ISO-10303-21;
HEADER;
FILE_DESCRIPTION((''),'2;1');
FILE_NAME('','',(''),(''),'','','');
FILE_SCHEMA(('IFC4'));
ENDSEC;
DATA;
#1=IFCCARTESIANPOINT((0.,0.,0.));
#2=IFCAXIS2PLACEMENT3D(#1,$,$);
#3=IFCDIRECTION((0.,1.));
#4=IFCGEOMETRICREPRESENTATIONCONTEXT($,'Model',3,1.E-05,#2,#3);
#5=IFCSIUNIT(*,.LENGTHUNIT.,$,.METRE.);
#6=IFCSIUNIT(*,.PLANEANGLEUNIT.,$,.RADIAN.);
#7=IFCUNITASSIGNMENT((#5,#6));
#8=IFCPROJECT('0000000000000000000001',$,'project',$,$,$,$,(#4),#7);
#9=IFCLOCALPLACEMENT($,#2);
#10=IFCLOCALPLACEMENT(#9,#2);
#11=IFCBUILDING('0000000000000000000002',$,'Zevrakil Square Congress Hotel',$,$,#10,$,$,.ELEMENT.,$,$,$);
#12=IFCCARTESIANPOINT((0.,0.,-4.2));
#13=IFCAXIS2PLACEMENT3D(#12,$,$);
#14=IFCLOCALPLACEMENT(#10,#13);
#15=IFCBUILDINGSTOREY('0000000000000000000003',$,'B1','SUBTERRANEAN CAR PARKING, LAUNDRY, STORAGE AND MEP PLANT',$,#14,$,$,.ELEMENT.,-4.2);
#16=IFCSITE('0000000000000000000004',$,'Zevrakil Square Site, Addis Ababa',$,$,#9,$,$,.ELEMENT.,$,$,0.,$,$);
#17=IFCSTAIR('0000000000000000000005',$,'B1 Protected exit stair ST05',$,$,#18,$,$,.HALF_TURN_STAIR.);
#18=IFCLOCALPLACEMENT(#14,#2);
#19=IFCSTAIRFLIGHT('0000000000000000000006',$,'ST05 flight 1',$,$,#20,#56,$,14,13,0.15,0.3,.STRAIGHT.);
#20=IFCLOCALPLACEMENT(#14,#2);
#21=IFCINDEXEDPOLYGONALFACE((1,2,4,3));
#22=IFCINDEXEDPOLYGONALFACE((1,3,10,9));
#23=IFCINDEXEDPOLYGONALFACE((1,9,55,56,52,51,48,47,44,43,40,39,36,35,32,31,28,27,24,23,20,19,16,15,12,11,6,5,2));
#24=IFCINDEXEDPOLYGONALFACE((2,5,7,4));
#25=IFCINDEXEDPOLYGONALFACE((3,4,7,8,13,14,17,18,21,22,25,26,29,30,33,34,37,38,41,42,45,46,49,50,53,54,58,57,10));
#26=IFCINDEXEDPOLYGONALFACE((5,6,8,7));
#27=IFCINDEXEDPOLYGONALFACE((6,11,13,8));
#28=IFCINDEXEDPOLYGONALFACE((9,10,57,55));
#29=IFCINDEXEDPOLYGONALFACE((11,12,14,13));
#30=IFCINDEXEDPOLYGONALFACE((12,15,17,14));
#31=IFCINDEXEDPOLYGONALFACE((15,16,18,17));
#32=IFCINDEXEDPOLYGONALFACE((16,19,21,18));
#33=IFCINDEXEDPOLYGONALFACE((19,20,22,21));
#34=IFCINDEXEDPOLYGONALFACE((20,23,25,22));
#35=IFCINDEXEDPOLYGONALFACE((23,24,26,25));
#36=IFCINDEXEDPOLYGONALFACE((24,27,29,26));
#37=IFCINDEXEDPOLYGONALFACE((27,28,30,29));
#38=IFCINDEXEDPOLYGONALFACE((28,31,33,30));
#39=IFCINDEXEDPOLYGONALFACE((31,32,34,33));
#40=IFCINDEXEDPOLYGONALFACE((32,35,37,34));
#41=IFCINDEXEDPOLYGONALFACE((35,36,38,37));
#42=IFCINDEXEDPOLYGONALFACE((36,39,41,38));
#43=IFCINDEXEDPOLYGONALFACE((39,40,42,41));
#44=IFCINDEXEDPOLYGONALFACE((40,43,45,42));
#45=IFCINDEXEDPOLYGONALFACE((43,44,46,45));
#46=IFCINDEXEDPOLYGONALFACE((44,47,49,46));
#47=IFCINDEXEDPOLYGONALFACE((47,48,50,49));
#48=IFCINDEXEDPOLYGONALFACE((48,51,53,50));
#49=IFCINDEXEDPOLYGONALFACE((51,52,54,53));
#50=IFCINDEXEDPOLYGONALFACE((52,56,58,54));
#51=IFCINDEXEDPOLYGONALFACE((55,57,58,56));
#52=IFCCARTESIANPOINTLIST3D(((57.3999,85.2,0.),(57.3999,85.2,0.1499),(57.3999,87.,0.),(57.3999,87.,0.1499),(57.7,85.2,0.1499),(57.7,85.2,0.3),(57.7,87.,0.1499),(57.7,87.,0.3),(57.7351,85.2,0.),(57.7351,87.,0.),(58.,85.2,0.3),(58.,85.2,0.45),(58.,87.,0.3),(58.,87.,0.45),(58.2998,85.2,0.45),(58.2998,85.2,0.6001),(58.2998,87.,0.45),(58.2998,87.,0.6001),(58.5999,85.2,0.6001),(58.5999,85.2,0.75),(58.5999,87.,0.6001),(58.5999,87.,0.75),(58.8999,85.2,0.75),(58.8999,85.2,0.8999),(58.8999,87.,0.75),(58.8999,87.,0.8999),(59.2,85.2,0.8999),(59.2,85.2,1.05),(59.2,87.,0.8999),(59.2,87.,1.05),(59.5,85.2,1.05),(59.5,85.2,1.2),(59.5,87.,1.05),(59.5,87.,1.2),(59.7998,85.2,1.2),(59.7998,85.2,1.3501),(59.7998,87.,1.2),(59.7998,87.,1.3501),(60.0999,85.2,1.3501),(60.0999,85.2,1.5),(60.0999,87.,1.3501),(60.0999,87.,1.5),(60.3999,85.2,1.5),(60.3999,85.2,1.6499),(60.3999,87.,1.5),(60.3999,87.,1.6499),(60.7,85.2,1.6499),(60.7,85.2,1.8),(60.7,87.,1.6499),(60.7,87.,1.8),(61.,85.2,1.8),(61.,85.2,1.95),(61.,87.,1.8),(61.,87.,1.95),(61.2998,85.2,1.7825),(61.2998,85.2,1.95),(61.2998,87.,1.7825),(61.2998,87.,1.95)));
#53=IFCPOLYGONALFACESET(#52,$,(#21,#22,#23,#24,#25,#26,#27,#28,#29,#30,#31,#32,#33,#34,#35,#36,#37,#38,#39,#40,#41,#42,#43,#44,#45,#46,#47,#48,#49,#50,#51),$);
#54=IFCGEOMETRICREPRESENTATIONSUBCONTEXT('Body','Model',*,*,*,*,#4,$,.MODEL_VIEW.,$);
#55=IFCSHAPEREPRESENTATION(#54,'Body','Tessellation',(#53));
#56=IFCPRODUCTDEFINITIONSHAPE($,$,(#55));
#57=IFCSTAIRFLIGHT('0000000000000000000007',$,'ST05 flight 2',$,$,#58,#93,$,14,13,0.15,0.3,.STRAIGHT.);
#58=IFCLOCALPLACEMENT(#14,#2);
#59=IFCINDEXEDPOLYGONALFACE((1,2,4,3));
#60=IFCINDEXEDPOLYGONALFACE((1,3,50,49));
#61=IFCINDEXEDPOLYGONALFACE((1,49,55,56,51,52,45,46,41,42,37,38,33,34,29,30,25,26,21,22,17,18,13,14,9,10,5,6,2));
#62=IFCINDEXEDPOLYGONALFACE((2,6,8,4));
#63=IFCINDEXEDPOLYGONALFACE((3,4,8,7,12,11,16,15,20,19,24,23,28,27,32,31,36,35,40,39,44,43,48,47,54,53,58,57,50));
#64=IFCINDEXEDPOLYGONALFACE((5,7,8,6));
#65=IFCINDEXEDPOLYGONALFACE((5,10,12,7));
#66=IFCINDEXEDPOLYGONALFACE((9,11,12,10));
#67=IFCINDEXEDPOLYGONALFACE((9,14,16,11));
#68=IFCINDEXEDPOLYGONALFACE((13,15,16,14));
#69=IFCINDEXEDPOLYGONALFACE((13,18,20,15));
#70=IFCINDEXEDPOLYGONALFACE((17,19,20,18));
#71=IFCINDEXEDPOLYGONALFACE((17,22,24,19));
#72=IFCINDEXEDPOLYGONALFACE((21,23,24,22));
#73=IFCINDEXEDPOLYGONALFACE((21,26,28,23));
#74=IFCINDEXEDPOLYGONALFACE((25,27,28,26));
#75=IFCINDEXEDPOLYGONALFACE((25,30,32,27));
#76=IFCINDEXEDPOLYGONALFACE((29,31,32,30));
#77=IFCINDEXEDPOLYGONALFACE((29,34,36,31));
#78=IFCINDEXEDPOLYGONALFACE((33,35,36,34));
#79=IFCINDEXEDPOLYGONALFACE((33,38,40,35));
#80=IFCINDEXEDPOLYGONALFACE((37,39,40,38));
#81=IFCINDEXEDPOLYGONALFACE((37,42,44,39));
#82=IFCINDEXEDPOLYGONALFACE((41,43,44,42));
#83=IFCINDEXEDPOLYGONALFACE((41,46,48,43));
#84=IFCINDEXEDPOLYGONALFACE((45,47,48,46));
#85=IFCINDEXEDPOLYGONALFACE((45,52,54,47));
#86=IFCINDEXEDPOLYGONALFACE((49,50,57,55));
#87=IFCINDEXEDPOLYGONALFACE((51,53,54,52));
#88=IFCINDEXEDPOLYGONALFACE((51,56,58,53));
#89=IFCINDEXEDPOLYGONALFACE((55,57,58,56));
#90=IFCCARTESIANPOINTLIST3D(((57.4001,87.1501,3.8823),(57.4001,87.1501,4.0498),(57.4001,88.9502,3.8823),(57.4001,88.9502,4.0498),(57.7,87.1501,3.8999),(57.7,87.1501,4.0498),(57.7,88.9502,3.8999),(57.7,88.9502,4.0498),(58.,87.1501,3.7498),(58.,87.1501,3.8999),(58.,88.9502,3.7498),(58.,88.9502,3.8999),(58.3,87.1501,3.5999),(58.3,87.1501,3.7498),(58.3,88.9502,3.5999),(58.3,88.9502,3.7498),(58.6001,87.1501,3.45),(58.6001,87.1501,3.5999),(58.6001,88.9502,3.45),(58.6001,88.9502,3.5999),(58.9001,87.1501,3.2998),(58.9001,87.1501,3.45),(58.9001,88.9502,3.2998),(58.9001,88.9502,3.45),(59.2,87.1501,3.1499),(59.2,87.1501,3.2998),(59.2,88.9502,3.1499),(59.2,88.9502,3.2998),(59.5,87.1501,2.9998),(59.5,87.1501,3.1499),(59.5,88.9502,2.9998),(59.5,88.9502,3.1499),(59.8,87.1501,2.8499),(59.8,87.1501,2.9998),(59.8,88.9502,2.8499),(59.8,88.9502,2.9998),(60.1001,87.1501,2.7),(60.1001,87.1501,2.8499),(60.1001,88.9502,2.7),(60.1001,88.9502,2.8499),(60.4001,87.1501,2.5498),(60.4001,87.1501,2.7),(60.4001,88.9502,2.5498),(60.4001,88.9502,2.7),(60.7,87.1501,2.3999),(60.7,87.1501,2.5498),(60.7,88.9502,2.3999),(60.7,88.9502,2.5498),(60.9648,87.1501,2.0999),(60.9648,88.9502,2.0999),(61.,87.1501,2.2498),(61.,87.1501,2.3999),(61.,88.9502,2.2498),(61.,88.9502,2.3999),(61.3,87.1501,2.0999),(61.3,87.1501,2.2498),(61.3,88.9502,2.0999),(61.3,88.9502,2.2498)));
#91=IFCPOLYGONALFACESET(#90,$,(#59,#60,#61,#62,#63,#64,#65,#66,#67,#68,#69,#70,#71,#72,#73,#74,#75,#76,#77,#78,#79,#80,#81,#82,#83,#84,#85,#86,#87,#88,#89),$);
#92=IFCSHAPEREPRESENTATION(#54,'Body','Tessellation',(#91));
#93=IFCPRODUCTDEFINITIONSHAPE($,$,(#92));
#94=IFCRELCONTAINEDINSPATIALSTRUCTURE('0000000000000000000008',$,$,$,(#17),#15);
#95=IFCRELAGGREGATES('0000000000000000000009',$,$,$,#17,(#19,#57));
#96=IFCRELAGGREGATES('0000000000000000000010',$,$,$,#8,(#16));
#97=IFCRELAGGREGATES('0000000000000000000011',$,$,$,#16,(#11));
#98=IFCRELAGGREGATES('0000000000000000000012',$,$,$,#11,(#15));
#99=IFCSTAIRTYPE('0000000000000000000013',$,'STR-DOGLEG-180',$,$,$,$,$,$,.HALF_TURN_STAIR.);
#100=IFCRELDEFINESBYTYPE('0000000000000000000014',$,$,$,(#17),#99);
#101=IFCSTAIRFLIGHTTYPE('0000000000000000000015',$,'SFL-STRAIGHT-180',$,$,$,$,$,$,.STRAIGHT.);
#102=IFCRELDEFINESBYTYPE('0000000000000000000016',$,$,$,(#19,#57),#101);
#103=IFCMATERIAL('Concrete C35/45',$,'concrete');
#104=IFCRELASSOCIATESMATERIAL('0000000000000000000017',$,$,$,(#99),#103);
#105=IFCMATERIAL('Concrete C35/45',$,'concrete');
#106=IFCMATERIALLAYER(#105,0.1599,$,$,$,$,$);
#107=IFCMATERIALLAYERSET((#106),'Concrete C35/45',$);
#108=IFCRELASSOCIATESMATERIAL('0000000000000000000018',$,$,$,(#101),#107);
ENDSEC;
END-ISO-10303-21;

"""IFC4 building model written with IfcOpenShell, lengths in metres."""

from ifc_helpers import new_model, si_unit, direction, frame, origin, place, context, subcontext, project, spatial, polyline, outline, extrude, material, layer, layer_set, type_object, element, aggregate, save


model = new_model("IFC4")

# Units and contexts
model_context = context("Model", 3, precision=1e-05, world=origin(), true_north=direction((0.0, 1.0)))
body_context = subcontext(model_context, "Body", "Model", "MODEL_VIEW")
ifc_project = project(units=[si_unit("LENGTHUNIT", "METRE"), si_unit("PLANEANGLEUNIT", "RADIAN")], contexts=[model_context])

# Site, building, storey
site_placement = place(None, origin())
site = spatial("IfcSite", under=ifc_project, at=site_placement, Name="Zevrakil Square Site, Addis Ababa", CompositionType="ELEMENT", RefElevation=0.0)
building_placement = place(site_placement, origin())
building = spatial("IfcBuilding", under=site, at=building_placement, Name="Zevrakil Square Congress Hotel", CompositionType="ELEMENT")
storey_placement = place(building_placement, frame((0.0, 0.0, -4.2)))
storey = spatial("IfcBuildingStorey", under=building, at=storey_placement, Name="B1", Description="SUBTERRANEAN CAR PARKING, LAUNDRY, STORAGE AND MEP PLANT", CompositionType="ELEMENT", Elevation=-4.2)

# Stair, stair flights
ifc_material_1 = material(Name="Concrete C35/45", Category="concrete")
stair_type = type_object("IfcStairType", Name="STR-DOGLEG-180", PredefinedType="HALF_TURN_STAIR", material=ifc_material_1)
stair_placement = place(storey_placement, origin())
stair = element("IfcStair", 1, at=stair_placement, inside=storey, type_object=stair_type, Name="B1 Protected exit stair ST05", PredefinedType="HALF_TURN_STAIR")
ifc_material_2 = material(Name="Concrete C35/45", Category="concrete")
ifc_layer_1 = layer(ifc_material_2, 0.1599)
ifc_layer_set_1 = layer_set([ifc_layer_1], Name="Concrete C35/45")
stair_flight_type = type_object("IfcStairFlightType", Name="SFL-STRAIGHT-180", PredefinedType="STRAIGHT", material=ifc_layer_set_1)
stair_flight_1_placement = place(storey_placement, frame((57.3999, 86.1001, 0.0), z_axis=(0.0, 0.0, 1.0), x_axis=(1.0, 0.0, 0.0)))
stair_flight_1 = element("IfcStairFlight", 2, at=stair_flight_1_placement, type_object=stair_flight_type, Name="ST05 flight 1", NumberOfRisers=14, NumberOfTreads=13, PredefinedType="STRAIGHT", RiserHeight=0.15, TreadLength=0.3, context=body_context, shape_type="SweptSolid", body=[
    extrude(outline(polyline([(0.0, 0.0), (0.0, 0.1499), (0.3, 0.1499), (0.3, 0.3), (0.6001, 0.3), (0.6001, 0.45), (0.8999, 0.45), (0.8999, 0.6001), (1.2, 0.6001), (1.2, 0.75), (1.5, 0.75), (1.5, 0.8999), (1.8, 0.8999), (1.8, 1.05), (2.1001, 1.05), (2.1001, 1.2), (2.3999, 1.2), (2.3999, 1.3501), (2.7, 1.3501), (2.7, 1.5), (3.0, 1.5), (3.0, 1.6499), (3.3, 1.6499), (3.3, 1.8), (3.6001, 1.8), (3.6001, 1.95), (3.8999, 1.95), (3.8999, 2.1001), (3.8999, 1.7825), (0.3352, 0.0), (0.0, 0.0)])), frame((0.0, 0.8999, 0.0), z_axis=(0.0, -1.0, 0.0), x_axis=(1.0, 0.0, 0.0)), (0.0, 0.0, 1.0), 1.8),
])
stair_flight_2_placement = place(storey_placement, frame((61.3, 88.05, 2.0999), z_axis=(0.0, 0.0, 1.0), x_axis=(-1.0, 0.0, 0.0)))
stair_flight_2 = element("IfcStairFlight", 3, at=stair_flight_2_placement, type_object=stair_flight_type, Name="ST05 flight 2", NumberOfRisers=14, NumberOfTreads=13, PredefinedType="STRAIGHT", RiserHeight=0.15, TreadLength=0.3, context=body_context, shape_type="SweptSolid", body=[
    extrude(outline(polyline([(0.0, 0.0), (0.0, 0.1499), (0.3, 0.1499), (0.3, 0.3), (0.6001, 0.3), (0.6001, 0.45), (0.8999, 0.45), (0.8999, 0.6001), (1.2, 0.6001), (1.2, 0.75), (1.5, 0.75), (1.5, 0.8999), (1.8, 0.8999), (1.8, 1.05), (2.1001, 1.05), (2.1001, 1.2), (2.3999, 1.2), (2.3999, 1.3501), (2.7, 1.3501), (2.7, 1.5), (3.0, 1.5), (3.0, 1.6499), (3.3, 1.6499), (3.3, 1.8), (3.6001, 1.8), (3.6001, 1.95), (3.8999, 1.95), (3.8999, 2.1001), (3.8999, 1.7825), (0.3352, 0.0), (0.0, 0.0)])), frame((0.0, 0.8999, 0.0), z_axis=(0.0, -1.0, 0.0), x_axis=(1.0, 0.0, 0.0)), (0.0, 0.0, 1.0), 1.8),
])
aggregate(stair, [stair_flight_1, stair_flight_2])

save(model, "model.ifc")
